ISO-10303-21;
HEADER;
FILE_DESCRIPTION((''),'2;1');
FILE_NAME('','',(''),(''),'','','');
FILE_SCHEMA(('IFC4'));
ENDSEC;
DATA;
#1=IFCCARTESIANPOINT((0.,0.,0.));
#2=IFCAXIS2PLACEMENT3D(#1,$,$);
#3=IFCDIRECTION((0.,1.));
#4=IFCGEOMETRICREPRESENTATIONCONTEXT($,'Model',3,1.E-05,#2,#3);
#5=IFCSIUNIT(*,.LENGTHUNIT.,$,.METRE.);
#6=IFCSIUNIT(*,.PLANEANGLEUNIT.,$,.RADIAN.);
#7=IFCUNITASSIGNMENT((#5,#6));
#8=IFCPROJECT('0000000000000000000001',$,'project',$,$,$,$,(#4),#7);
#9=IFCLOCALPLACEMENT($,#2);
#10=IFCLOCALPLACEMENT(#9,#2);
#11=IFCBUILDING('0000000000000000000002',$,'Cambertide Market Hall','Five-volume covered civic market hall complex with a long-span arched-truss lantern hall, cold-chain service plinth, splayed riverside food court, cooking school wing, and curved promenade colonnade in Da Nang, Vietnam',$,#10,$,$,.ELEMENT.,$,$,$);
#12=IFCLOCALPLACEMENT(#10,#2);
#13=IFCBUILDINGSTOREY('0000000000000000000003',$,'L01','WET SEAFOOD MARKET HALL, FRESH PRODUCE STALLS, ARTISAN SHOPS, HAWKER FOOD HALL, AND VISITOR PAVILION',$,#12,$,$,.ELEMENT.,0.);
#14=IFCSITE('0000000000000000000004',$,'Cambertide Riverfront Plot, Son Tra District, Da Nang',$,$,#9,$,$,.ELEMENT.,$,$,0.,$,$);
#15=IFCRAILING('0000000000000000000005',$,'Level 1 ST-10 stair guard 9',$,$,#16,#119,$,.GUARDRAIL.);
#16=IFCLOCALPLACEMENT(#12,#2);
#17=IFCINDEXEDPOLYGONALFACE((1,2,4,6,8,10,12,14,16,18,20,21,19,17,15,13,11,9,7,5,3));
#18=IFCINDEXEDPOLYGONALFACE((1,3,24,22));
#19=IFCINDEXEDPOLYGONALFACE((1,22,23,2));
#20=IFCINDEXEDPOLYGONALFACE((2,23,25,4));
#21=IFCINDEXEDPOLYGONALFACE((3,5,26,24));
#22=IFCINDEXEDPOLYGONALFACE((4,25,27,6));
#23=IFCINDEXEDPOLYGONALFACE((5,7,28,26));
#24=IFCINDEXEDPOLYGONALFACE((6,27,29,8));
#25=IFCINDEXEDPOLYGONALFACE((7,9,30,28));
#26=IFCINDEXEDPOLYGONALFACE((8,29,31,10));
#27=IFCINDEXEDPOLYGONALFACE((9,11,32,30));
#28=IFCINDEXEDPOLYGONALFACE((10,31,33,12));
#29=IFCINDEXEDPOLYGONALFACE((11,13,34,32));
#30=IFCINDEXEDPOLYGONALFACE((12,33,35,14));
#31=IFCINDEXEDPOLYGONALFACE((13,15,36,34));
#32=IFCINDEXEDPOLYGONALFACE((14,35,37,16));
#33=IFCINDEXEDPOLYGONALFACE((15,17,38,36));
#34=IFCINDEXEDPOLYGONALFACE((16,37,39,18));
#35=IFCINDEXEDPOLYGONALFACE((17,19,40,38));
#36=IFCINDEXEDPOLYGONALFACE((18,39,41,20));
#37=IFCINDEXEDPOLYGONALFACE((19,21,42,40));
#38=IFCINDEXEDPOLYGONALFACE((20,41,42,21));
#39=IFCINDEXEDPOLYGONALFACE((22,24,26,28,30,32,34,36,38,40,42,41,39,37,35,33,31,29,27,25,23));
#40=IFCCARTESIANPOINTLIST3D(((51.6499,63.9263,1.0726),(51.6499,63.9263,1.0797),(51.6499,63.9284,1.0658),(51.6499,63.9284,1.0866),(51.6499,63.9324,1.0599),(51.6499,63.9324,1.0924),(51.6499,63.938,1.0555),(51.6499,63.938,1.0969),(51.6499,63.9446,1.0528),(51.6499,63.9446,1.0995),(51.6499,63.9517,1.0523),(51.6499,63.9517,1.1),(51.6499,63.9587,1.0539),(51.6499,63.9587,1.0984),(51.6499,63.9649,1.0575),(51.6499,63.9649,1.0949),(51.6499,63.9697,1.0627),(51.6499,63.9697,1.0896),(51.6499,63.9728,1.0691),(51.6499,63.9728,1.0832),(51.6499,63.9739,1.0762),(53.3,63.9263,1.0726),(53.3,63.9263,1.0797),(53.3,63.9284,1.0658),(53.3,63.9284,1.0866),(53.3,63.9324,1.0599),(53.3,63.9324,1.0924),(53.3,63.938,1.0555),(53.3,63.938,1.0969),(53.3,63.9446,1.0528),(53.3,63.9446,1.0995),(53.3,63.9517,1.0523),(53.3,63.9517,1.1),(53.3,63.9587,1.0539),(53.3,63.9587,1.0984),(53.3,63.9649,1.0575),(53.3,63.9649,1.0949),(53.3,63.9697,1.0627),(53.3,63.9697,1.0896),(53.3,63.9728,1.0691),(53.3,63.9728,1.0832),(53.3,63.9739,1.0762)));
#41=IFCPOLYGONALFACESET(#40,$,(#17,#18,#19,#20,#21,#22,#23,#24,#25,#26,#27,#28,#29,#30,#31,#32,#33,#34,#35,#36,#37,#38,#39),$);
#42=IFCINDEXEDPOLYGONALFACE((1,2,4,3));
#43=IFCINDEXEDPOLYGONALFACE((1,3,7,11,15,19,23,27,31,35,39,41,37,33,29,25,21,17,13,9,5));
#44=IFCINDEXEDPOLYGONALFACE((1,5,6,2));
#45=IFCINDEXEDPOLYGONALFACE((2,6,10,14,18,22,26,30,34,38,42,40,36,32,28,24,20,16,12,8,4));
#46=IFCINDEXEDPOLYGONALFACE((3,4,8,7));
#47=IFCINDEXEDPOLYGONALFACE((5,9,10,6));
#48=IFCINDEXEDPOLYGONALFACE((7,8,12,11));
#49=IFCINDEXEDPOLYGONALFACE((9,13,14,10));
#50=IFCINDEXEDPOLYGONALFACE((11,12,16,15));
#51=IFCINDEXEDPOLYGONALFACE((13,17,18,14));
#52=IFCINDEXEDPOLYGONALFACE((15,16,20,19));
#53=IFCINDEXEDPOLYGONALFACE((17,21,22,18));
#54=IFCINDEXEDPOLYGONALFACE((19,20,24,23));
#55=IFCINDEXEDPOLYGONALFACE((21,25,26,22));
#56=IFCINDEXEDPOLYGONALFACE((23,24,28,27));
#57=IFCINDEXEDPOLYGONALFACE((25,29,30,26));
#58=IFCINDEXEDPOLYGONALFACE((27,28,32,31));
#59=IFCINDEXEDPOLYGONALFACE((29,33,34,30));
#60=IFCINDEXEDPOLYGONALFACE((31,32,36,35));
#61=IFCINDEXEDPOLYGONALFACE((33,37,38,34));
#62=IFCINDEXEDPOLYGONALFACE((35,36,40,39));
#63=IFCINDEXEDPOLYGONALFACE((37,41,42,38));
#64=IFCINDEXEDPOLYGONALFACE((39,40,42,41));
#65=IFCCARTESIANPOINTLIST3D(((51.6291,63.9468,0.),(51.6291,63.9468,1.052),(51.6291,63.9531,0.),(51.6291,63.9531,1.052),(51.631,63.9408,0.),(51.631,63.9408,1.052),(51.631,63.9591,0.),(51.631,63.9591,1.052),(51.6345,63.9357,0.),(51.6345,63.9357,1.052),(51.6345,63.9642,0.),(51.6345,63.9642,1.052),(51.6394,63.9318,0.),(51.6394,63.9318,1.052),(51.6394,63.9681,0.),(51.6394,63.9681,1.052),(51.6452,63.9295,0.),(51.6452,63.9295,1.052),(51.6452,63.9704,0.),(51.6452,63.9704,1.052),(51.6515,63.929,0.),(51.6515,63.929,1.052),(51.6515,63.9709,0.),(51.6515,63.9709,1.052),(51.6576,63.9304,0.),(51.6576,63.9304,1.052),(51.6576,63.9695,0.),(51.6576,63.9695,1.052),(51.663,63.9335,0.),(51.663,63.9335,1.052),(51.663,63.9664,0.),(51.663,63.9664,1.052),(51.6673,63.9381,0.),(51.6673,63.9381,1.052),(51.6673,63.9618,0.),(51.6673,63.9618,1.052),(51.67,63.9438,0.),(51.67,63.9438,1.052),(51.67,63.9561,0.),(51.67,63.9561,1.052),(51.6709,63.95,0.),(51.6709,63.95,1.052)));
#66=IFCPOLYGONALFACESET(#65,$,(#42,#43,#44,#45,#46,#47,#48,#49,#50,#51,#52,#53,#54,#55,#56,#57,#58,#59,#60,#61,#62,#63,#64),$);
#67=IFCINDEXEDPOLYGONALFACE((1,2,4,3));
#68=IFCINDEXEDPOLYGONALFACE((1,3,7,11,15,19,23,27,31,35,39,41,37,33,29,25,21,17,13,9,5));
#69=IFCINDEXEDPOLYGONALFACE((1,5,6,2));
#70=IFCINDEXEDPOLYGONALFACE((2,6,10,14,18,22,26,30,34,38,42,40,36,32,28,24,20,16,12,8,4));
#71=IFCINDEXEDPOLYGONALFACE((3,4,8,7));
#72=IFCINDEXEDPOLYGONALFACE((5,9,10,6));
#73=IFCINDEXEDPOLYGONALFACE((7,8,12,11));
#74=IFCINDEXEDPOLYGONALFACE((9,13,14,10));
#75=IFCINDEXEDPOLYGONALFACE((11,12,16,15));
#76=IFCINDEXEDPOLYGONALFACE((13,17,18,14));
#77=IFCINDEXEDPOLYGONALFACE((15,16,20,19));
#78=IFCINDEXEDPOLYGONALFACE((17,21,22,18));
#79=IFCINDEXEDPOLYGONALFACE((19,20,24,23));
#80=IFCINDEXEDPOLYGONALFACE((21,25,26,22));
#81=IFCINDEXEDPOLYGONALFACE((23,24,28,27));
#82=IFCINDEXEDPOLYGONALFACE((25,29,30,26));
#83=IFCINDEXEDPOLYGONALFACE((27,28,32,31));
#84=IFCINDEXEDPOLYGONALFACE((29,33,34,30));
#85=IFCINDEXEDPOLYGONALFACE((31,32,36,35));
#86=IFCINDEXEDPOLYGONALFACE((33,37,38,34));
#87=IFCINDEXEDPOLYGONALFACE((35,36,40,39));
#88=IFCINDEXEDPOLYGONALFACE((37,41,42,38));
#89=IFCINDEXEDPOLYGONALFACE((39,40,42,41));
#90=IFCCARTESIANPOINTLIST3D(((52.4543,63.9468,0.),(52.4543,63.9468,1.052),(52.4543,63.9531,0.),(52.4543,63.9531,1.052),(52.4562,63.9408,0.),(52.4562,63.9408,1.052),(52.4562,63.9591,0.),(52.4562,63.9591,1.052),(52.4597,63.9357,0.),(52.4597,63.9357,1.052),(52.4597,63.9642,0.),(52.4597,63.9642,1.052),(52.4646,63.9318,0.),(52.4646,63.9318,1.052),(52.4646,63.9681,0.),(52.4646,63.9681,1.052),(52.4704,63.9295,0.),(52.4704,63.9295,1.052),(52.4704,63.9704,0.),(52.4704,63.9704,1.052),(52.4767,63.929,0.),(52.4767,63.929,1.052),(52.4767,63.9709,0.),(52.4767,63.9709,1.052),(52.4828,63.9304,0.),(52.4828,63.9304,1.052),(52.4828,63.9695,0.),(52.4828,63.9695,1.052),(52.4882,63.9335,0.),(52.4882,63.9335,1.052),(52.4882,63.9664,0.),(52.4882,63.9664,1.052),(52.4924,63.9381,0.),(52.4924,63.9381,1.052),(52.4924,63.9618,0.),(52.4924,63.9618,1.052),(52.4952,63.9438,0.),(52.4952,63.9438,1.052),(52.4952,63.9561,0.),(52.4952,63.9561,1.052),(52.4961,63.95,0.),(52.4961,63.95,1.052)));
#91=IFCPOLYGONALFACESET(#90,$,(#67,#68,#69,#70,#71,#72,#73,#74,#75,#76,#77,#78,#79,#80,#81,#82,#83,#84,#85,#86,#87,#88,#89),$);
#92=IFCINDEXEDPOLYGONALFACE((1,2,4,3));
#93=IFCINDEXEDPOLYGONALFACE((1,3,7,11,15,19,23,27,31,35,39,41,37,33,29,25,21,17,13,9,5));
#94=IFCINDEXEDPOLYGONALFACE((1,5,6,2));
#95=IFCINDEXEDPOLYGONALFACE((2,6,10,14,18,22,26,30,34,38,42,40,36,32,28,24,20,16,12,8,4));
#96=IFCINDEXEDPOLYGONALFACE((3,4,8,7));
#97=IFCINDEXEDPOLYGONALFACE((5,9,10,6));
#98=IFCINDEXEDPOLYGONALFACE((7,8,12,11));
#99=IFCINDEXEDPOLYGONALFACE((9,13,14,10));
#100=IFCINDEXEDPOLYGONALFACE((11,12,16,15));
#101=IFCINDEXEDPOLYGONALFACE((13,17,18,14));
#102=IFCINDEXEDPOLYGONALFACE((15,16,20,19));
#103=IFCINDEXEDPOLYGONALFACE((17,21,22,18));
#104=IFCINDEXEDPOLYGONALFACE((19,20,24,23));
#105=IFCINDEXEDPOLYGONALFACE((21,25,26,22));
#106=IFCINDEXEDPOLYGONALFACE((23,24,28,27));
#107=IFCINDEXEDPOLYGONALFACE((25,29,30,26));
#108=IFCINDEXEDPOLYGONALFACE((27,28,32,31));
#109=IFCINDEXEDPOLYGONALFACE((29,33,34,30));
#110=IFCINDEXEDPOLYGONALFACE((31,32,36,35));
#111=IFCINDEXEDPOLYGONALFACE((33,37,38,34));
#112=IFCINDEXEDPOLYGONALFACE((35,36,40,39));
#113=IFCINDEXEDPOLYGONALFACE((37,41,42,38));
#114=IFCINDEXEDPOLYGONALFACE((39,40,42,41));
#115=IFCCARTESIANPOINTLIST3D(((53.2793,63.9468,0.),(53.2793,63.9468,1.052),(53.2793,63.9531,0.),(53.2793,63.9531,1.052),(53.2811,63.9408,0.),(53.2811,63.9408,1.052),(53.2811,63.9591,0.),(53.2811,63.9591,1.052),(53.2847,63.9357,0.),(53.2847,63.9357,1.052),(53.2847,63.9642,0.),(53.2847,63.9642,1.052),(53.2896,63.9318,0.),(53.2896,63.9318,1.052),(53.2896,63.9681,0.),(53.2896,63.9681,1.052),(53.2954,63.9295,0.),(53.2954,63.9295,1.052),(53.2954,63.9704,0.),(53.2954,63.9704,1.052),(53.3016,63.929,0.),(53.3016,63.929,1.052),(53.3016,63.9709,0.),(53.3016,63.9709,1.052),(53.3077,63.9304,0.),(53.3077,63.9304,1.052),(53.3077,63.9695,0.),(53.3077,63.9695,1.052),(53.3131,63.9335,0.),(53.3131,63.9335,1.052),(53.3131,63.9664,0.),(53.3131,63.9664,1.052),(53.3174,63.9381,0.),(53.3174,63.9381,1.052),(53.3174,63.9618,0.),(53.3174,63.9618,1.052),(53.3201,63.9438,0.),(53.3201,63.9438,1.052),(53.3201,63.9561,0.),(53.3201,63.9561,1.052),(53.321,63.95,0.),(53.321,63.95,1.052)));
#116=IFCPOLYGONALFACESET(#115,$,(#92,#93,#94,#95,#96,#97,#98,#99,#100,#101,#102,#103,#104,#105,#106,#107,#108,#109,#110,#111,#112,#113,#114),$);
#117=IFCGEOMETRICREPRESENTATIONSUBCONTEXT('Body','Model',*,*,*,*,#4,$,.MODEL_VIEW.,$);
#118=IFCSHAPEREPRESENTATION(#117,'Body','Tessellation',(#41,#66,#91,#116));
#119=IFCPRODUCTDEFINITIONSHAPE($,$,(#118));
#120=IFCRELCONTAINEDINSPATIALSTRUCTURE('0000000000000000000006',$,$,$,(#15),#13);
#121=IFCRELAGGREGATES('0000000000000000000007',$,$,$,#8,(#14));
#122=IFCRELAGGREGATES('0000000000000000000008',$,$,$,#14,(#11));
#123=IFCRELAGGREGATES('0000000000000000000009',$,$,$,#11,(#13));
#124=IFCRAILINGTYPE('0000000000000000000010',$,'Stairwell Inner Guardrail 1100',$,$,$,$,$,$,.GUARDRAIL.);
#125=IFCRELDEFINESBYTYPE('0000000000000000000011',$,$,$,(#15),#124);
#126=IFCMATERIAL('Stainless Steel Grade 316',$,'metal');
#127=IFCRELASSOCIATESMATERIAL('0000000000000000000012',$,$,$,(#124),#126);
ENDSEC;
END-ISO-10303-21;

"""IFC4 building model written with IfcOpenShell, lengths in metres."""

from ifc_helpers import new_model, si_unit, direction, frame, origin, origin_2d, place, context, subcontext, project, spatial, circle, extrude, material, type_object, element, save


model = new_model("IFC4")

# Units and contexts
model_context = context("Model", 3, precision=1e-05, world=origin(), true_north=direction((0.0, 1.0)))
body_context = subcontext(model_context, "Body", "Model", "MODEL_VIEW")
ifc_project = project(units=[si_unit("LENGTHUNIT", "METRE"), si_unit("PLANEANGLEUNIT", "RADIAN")], contexts=[model_context])

# Site, building, storey
site_placement = place(None, origin())
site = spatial("IfcSite", under=ifc_project, at=site_placement, Name="Cambertide Riverfront Plot, Son Tra District, Da Nang", CompositionType="ELEMENT", RefElevation=0.0)
building_placement = place(site_placement, origin())
building = spatial("IfcBuilding", under=site, at=building_placement, Name="Cambertide Market Hall", Description="Five-volume covered civic market hall complex with a long-span arched-truss lantern hall, cold-chain service plinth, splayed riverside food court, cooking school wing, and curved promenade colonnade in Da Nang, Vietnam", CompositionType="ELEMENT")
storey_placement = place(building_placement, origin())
storey = spatial("IfcBuildingStorey", under=building, at=storey_placement, Name="L01", Description="WET SEAFOOD MARKET HALL, FRESH PRODUCE STALLS, ARTISAN SHOPS, HAWKER FOOD HALL, AND VISITOR PAVILION", CompositionType="ELEMENT", Elevation=0.0)

# Railing
ifc_material_1 = material(Name="Stainless Steel Grade 316", Category="metal")
railing_type_1 = type_object("IfcRailingType", Name="Stairwell Inner Guardrail 1100", PredefinedType="GUARDRAIL", material=ifc_material_1)
for number, where, name in (
    (1, (51.6499, 63.95, 0.0), "Level 1 ST-10 stair guard 9"),
):
    element("IfcRailing", number, at=place(storey_placement, frame(where)), inside=storey, type_object=railing_type_1, Name=name, PredefinedType="GUARDRAIL", context=body_context, shape_type="SweptSolid", body=[
        extrude(circle(Radius=0.0239, at=origin_2d()), frame((0.0, 0.0, 1.0762), z_axis=(1.0, 0.0, 0.0), x_axis=(0.0, 1.0, 0.0)), (0.0, 0.0, 1.0), 1.6501),
        extrude(circle(Radius=0.021, at=origin_2d()), origin(), (0.0, 0.0, 1.0), 1.052),
        extrude(circle(Radius=0.021, at=origin_2d()), frame((0.8252, 0.0, 0.0)), (0.0, 0.0, 1.0), 1.052),
        extrude(circle(Radius=0.021, at=origin_2d()), frame((1.6501, 0.0, 0.0)), (0.0, 0.0, 1.0), 1.052),
    ])

save(model, "model.ifc")
